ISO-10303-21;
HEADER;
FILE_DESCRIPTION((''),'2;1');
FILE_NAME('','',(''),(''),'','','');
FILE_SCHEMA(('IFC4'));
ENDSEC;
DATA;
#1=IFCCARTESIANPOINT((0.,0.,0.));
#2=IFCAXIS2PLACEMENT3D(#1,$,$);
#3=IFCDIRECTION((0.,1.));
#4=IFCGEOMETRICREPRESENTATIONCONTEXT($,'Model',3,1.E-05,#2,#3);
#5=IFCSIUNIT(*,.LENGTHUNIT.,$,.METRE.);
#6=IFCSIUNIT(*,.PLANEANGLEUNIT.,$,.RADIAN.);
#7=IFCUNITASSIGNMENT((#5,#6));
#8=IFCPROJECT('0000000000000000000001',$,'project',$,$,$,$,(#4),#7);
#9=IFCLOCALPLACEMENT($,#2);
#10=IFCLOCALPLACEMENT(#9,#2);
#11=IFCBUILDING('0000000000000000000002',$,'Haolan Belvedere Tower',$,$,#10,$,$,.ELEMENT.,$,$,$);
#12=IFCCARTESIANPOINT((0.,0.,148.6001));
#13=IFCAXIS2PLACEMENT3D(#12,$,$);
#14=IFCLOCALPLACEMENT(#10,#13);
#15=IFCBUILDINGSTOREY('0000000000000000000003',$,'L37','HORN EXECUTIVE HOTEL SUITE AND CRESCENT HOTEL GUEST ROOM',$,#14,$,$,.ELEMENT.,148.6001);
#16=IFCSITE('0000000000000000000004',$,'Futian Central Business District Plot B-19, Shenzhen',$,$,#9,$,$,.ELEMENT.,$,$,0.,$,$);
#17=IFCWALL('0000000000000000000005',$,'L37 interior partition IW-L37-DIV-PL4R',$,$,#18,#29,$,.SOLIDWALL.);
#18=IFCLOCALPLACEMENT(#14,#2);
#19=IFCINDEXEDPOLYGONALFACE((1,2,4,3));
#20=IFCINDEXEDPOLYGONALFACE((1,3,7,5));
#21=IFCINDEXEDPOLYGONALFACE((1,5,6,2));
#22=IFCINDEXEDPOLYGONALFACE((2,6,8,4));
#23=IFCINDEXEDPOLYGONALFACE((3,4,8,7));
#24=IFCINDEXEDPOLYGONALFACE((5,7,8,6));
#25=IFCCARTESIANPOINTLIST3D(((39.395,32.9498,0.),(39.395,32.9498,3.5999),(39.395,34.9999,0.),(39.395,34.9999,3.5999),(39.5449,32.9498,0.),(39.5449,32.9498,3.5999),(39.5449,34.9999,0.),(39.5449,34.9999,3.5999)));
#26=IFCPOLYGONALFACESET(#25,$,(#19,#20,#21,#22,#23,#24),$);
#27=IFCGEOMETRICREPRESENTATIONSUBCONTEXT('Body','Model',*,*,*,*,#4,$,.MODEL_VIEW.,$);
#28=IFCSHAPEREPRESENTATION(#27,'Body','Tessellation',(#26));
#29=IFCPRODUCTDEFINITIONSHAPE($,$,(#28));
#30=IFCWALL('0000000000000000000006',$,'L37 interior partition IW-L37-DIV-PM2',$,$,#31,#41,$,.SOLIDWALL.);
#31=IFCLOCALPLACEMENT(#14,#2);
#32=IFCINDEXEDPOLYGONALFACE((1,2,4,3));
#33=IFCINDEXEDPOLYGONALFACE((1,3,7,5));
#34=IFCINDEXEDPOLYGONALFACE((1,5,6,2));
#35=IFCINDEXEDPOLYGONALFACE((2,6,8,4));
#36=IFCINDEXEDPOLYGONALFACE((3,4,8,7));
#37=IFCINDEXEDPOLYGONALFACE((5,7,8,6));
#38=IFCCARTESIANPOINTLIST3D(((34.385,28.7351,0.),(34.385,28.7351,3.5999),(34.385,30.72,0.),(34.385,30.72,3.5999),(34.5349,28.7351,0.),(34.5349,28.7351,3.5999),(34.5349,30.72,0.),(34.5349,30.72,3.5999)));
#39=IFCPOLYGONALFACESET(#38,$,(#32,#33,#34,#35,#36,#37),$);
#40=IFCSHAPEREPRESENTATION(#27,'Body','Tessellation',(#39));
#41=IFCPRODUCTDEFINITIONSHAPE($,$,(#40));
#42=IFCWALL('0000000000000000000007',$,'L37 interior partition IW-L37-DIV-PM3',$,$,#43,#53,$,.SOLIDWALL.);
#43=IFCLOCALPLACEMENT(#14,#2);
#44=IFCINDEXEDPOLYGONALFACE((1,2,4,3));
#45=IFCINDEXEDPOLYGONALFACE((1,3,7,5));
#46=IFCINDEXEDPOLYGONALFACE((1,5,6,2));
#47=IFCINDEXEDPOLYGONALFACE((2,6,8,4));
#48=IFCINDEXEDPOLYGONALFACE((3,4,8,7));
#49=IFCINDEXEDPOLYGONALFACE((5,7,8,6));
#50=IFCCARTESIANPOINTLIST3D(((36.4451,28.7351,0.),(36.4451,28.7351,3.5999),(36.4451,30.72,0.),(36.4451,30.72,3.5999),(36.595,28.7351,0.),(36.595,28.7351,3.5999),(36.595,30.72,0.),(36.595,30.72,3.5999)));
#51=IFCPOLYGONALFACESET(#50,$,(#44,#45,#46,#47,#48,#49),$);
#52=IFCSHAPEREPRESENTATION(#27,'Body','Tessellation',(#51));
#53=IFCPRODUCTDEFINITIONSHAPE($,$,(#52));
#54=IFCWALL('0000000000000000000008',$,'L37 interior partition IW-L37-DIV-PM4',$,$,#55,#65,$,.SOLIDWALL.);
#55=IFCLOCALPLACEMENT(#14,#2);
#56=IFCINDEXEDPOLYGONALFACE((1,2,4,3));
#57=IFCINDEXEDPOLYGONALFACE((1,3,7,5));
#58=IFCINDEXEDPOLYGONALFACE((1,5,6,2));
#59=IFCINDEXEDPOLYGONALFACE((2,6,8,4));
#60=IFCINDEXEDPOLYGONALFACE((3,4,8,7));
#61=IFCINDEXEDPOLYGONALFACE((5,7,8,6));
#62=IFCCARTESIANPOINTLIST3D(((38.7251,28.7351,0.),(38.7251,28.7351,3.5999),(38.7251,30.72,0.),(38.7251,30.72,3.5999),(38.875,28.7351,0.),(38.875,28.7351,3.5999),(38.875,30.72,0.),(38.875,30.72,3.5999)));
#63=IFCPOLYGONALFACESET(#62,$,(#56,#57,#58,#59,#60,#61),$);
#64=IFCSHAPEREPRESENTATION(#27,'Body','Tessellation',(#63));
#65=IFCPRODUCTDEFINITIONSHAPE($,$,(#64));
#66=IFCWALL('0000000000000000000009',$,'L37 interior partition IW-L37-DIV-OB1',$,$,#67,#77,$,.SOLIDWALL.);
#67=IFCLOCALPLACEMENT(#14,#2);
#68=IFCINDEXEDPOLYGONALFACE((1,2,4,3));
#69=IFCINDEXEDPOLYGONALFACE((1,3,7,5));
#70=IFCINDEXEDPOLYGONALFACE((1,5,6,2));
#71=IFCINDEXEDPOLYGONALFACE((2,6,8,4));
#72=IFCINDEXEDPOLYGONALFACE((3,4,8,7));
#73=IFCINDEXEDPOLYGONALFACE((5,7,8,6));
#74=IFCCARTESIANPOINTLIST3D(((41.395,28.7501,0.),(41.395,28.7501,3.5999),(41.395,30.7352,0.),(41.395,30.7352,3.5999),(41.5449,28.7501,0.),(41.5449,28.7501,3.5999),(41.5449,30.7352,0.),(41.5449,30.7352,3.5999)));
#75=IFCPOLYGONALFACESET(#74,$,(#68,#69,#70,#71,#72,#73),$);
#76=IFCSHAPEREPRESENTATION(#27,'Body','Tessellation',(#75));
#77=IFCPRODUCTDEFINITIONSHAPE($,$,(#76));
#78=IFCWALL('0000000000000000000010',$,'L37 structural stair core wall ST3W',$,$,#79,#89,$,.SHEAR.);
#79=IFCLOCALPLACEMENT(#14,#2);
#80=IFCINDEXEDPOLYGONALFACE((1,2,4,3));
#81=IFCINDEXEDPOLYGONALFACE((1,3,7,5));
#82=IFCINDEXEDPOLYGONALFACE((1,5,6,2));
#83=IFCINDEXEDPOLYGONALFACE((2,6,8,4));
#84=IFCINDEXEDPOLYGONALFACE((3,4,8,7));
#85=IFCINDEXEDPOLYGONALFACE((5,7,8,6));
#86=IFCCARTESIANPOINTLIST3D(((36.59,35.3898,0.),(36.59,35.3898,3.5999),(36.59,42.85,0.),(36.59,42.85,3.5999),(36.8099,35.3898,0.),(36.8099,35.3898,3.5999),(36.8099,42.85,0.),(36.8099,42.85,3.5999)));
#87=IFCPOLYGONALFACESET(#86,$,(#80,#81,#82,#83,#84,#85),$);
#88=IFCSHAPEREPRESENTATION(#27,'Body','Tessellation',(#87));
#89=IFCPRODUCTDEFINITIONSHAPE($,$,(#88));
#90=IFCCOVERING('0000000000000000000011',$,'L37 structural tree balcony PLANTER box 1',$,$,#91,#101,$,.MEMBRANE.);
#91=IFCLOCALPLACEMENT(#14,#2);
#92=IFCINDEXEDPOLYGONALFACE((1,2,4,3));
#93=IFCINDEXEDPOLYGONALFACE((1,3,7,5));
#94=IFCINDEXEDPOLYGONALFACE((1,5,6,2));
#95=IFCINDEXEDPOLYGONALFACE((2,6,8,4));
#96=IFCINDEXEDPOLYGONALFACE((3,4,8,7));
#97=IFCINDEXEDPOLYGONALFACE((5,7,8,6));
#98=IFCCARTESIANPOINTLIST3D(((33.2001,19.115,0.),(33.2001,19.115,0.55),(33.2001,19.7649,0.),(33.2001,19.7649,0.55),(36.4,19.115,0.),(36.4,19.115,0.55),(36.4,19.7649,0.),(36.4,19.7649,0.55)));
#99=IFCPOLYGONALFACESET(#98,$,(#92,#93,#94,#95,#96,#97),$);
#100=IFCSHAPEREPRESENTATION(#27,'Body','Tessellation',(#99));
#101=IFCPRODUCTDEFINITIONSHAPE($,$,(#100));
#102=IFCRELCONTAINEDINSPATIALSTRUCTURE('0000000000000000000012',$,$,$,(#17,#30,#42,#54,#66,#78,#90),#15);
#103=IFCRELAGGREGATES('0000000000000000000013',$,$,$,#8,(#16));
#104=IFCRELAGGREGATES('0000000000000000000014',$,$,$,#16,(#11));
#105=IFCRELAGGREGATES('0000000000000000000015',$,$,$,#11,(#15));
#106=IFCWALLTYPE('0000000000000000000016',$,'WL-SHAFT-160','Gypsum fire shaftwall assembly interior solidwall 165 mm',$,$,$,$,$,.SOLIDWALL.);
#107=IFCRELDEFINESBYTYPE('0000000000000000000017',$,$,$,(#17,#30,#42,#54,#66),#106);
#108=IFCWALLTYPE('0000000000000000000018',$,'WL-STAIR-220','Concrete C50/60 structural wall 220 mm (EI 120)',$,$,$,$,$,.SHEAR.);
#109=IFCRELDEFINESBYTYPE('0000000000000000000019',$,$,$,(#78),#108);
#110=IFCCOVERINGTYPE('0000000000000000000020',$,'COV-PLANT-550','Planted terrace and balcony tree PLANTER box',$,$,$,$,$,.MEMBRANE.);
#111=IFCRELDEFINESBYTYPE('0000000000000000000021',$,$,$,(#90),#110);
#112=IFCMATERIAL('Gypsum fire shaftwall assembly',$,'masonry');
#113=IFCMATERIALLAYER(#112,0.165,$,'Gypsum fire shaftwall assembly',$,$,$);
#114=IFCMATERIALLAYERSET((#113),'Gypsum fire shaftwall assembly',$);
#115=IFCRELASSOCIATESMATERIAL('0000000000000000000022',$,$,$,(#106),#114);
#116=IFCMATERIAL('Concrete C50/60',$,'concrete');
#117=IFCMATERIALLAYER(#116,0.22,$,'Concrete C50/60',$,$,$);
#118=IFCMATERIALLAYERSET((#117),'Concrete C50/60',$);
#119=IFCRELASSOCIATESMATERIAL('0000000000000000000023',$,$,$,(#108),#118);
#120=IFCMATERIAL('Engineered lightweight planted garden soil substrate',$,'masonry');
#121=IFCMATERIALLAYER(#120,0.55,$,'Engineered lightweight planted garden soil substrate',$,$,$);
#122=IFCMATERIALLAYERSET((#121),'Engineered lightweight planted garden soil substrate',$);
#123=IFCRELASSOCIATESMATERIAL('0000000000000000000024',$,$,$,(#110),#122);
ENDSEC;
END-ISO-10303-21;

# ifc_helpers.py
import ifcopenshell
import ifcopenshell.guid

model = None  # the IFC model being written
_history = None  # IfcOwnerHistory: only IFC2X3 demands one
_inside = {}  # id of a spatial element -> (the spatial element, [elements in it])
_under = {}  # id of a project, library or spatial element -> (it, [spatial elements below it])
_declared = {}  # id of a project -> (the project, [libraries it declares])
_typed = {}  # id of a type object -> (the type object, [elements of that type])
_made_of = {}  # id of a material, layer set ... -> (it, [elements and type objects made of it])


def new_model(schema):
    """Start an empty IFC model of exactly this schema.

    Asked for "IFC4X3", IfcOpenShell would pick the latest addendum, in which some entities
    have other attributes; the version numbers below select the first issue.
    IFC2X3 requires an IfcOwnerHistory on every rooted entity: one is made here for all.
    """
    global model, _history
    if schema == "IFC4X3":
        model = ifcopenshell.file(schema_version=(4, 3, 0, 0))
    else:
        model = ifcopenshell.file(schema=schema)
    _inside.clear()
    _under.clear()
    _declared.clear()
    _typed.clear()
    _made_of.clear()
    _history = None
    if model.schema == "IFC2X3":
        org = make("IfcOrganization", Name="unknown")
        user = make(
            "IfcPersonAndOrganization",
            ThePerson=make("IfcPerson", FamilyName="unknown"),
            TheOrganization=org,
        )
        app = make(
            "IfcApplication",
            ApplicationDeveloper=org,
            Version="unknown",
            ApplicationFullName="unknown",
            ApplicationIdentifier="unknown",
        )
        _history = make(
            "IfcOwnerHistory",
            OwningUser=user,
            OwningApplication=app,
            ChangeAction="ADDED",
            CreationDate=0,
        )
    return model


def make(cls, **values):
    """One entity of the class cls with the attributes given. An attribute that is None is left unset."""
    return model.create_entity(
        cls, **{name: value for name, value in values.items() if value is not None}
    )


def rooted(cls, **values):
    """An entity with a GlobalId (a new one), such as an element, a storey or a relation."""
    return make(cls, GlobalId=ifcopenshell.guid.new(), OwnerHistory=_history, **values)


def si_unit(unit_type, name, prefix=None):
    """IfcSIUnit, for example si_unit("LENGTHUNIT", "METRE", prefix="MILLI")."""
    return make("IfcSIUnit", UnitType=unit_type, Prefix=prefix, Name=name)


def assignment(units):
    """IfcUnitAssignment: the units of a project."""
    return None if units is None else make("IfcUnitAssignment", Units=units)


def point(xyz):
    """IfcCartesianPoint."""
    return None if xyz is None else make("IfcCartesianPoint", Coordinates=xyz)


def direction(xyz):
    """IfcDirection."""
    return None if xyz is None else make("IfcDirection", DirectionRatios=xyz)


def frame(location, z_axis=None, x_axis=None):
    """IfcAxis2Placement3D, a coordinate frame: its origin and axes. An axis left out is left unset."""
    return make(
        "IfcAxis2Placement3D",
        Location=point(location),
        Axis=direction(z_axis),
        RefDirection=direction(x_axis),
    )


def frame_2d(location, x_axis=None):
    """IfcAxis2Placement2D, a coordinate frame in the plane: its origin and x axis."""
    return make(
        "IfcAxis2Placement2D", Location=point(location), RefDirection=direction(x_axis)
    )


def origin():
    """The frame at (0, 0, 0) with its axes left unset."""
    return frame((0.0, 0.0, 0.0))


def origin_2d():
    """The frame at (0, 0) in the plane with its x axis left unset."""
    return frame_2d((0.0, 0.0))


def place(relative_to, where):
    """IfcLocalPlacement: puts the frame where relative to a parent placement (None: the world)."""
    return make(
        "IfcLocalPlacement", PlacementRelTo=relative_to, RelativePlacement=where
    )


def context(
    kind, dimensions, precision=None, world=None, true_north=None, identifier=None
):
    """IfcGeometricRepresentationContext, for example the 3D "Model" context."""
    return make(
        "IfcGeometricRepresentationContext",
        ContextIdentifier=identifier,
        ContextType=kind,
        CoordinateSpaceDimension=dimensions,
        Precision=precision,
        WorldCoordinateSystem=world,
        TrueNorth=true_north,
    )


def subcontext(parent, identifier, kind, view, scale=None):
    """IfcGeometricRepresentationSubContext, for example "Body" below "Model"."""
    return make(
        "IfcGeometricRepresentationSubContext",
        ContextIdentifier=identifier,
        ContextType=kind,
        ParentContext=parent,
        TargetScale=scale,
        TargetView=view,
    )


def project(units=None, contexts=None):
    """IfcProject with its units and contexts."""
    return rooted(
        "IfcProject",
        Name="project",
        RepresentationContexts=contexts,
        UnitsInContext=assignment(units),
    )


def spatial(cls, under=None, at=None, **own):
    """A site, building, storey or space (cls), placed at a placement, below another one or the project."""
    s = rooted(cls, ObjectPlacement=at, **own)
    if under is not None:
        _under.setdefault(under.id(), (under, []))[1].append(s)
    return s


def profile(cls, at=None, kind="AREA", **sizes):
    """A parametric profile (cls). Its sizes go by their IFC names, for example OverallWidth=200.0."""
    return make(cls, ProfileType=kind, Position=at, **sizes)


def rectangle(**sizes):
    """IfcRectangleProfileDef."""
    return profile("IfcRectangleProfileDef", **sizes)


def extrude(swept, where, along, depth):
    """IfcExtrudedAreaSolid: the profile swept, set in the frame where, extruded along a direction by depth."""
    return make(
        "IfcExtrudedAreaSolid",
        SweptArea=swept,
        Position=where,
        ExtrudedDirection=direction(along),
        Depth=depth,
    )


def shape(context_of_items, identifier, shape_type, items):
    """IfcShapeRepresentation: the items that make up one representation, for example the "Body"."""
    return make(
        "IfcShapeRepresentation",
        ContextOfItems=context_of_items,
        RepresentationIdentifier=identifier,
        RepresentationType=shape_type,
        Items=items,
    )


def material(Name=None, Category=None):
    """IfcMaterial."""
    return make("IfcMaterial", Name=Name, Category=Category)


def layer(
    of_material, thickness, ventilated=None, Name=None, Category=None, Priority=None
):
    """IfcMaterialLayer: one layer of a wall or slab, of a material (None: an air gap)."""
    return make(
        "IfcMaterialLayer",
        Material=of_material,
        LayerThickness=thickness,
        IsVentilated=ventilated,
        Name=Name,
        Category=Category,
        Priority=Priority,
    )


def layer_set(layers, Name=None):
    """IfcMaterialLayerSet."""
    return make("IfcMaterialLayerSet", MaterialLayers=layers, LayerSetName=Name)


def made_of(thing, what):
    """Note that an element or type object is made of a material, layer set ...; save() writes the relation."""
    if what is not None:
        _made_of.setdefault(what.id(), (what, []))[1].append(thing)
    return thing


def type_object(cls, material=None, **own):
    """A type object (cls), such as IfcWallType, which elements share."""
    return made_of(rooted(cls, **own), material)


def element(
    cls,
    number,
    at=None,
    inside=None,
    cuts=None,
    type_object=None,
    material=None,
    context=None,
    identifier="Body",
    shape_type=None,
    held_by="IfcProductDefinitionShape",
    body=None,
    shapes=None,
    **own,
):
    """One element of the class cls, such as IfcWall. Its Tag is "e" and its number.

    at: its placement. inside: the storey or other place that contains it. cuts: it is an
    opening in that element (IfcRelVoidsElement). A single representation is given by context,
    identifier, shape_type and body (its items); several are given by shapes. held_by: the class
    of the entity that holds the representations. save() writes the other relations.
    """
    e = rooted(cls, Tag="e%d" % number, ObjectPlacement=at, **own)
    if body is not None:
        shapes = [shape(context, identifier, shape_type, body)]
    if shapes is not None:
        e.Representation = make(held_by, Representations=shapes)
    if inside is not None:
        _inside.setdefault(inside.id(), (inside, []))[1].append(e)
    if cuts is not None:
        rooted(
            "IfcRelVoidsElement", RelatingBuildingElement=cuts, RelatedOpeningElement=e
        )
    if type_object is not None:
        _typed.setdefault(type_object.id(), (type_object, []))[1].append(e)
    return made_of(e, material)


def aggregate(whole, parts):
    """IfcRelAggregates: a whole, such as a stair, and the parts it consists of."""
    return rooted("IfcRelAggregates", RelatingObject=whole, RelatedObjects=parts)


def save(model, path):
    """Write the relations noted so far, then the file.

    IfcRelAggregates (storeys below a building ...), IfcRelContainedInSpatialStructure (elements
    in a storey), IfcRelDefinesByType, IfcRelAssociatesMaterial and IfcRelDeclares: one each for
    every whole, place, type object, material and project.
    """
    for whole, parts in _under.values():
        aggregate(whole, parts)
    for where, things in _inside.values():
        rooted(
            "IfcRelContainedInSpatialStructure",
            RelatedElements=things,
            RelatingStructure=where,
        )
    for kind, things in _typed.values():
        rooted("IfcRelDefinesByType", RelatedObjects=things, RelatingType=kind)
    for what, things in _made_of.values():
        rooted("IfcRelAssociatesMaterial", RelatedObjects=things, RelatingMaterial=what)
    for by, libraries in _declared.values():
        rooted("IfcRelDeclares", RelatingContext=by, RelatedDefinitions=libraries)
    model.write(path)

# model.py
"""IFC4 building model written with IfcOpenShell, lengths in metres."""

from ifc_helpers import new_model, si_unit, direction, frame, frame_2d, origin, origin_2d, place, context, subcontext, project, spatial, rectangle, extrude, material, layer, layer_set, type_object, element, save


model = new_model("IFC4")

# Units and contexts
model_context = context("Model", 3, precision=1e-05, world=origin(), true_north=direction((0.0, 1.0)))
body_context = subcontext(model_context, "Body", "Model", "MODEL_VIEW")
ifc_project = project(units=[si_unit("LENGTHUNIT", "METRE"), si_unit("PLANEANGLEUNIT", "RADIAN")], contexts=[model_context])

# Site, building, storey
site_placement = place(None, origin())
site = spatial("IfcSite", under=ifc_project, at=site_placement, Name="Futian Central Business District Plot B-19, Shenzhen", CompositionType="ELEMENT", RefElevation=0.0)
building_placement = place(site_placement, origin())
building = spatial("IfcBuilding", under=site, at=building_placement, Name="Haolan Belvedere Tower", CompositionType="ELEMENT")
storey_placement = place(building_placement, frame((0.0, 0.0, 148.6001)))
storey = spatial("IfcBuildingStorey", under=building, at=storey_placement, Name="L37", Description="HORN EXECUTIVE HOTEL SUITE AND CRESCENT HOTEL GUEST ROOM", CompositionType="ELEMENT", Elevation=148.6001)

# Shared definitions
ifc_material_1 = material(Name="Gypsum fire shaftwall assembly", Category="masonry")
ifc_layer_1 = layer(ifc_material_1, 0.165, Name="Gypsum fire shaftwall assembly")
ifc_layer_set_1 = layer_set([ifc_layer_1], Name="Gypsum fire shaftwall assembly")
wall_type_1 = type_object("IfcWallType", Name="WL-SHAFT-160", Description="Gypsum fire shaftwall assembly interior solidwall 165 mm", PredefinedType="SOLIDWALL", material=ifc_layer_set_1)

# Walls
wall_1_placement = place(storey_placement, frame((39.47, 32.95, 0.0), z_axis=(0.0, 0.0, 1.0), x_axis=(0.0, 1.0, 0.0)))
element("IfcWall", 1, at=wall_1_placement, inside=storey, type_object=wall_type_1, Name="L37 interior partition IW-L37-DIV-PL4R", PredefinedType="SOLIDWALL", context=body_context, shape_type="SweptSolid", body=[
    extrude(rectangle(XDim=2.05, YDim=0.1499, at=frame_2d((1.0249, 0.0))), origin(), (0.0, 0.0, 1.0), 3.5999),
])
for number, where, z_axis, x_axis, name in (
    (2, (34.46, 28.7351, 0.0), (0.0, 0.0, 1.0), (0.0, 1.0, 0.0), "L37 interior partition IW-L37-DIV-PM2"),
    (3, (36.52, 28.7351, 0.0), (0.0, 0.0, 1.0), (0.0, 1.0, 0.0), "L37 interior partition IW-L37-DIV-PM3"),
    (4, (38.8, 28.7351, 0.0), (0.0, 0.0, 1.0), (0.0, 1.0, 0.0), "L37 interior partition IW-L37-DIV-PM4"),
):
    element("IfcWall", number, at=place(storey_placement, frame(where, z_axis=z_axis, x_axis=x_axis)), inside=storey, type_object=wall_type_1, Name=name, PredefinedType="SOLIDWALL", context=body_context, shape_type="SweptSolid", body=[
        extrude(rectangle(XDim=1.9849, YDim=0.1499, at=frame_2d((0.9924, 0.0))), origin(), (0.0, 0.0, 1.0), 3.5999),
    ])
wall_2_placement = place(storey_placement, frame((41.47, 28.75, 0.0), z_axis=(0.0, 0.0, 1.0), x_axis=(0.0, 1.0, 0.0)))
element("IfcWall", 5, at=wall_2_placement, inside=storey, type_object=wall_type_1, Name="L37 interior partition IW-L37-DIV-OB1", PredefinedType="SOLIDWALL", context=body_context, shape_type="SweptSolid", body=[
    extrude(rectangle(XDim=1.9851, YDim=0.1499, at=frame_2d((0.9927, 0.0))), origin(), (0.0, 0.0, 1.0), 3.5999),
])
ifc_material_2 = material(Name="Concrete C50/60", Category="concrete")
ifc_layer_2 = layer(ifc_material_2, 0.22, Name="Concrete C50/60")
ifc_layer_set_2 = layer_set([ifc_layer_2], Name="Concrete C50/60")
wall_type_2 = type_object("IfcWallType", Name="WL-STAIR-220", Description="Concrete C50/60 structural wall 220 mm (EI 120)", PredefinedType="SHEAR", material=ifc_layer_set_2)
wall_3_placement = place(storey_placement, frame((36.7, 35.3899, 0.0), z_axis=(0.0, 0.0, 1.0), x_axis=(0.0, 1.0, 0.0)))
element("IfcWall", 6, at=wall_3_placement, inside=storey, type_object=wall_type_2, Name="L37 structural stair core wall ST3W", PredefinedType="SHEAR", context=body_context, shape_type="SweptSolid", body=[
    extrude(rectangle(XDim=7.4602, YDim=0.22, at=frame_2d((3.73, 0.0))), origin(), (0.0, 0.0, 1.0), 3.5999),
])

# Covering
ifc_material_3 = material(Name="Engineered lightweight planted garden soil substrate", Category="masonry")
ifc_layer_3 = layer(ifc_material_3, 0.55, Name="Engineered lightweight planted garden soil substrate")
ifc_layer_set_3 = layer_set([ifc_layer_3], Name="Engineered lightweight planted garden soil substrate")
covering_type = type_object("IfcCoveringType", Name="COV-PLANT-550", Description="Planted terrace and balcony tree PLANTER box", PredefinedType="MEMBRANE", material=ifc_layer_set_3)
covering_placement = place(storey_placement, frame((34.8, 19.4399, 0.0), z_axis=(0.0, 0.0, 1.0), x_axis=(1.0, 0.0, 0.0)))
element("IfcCovering", 7, at=covering_placement, inside=storey, type_object=covering_type, Name="L37 structural tree balcony PLANTER box 1", PredefinedType="MEMBRANE", context=body_context, shape_type="SweptSolid", body=[
    extrude(rectangle(XDim=3.2, YDim=0.6499, at=origin_2d()), origin(), (0.0, 0.0, 1.0), 0.55),
])

save(model, "model.ifc")
